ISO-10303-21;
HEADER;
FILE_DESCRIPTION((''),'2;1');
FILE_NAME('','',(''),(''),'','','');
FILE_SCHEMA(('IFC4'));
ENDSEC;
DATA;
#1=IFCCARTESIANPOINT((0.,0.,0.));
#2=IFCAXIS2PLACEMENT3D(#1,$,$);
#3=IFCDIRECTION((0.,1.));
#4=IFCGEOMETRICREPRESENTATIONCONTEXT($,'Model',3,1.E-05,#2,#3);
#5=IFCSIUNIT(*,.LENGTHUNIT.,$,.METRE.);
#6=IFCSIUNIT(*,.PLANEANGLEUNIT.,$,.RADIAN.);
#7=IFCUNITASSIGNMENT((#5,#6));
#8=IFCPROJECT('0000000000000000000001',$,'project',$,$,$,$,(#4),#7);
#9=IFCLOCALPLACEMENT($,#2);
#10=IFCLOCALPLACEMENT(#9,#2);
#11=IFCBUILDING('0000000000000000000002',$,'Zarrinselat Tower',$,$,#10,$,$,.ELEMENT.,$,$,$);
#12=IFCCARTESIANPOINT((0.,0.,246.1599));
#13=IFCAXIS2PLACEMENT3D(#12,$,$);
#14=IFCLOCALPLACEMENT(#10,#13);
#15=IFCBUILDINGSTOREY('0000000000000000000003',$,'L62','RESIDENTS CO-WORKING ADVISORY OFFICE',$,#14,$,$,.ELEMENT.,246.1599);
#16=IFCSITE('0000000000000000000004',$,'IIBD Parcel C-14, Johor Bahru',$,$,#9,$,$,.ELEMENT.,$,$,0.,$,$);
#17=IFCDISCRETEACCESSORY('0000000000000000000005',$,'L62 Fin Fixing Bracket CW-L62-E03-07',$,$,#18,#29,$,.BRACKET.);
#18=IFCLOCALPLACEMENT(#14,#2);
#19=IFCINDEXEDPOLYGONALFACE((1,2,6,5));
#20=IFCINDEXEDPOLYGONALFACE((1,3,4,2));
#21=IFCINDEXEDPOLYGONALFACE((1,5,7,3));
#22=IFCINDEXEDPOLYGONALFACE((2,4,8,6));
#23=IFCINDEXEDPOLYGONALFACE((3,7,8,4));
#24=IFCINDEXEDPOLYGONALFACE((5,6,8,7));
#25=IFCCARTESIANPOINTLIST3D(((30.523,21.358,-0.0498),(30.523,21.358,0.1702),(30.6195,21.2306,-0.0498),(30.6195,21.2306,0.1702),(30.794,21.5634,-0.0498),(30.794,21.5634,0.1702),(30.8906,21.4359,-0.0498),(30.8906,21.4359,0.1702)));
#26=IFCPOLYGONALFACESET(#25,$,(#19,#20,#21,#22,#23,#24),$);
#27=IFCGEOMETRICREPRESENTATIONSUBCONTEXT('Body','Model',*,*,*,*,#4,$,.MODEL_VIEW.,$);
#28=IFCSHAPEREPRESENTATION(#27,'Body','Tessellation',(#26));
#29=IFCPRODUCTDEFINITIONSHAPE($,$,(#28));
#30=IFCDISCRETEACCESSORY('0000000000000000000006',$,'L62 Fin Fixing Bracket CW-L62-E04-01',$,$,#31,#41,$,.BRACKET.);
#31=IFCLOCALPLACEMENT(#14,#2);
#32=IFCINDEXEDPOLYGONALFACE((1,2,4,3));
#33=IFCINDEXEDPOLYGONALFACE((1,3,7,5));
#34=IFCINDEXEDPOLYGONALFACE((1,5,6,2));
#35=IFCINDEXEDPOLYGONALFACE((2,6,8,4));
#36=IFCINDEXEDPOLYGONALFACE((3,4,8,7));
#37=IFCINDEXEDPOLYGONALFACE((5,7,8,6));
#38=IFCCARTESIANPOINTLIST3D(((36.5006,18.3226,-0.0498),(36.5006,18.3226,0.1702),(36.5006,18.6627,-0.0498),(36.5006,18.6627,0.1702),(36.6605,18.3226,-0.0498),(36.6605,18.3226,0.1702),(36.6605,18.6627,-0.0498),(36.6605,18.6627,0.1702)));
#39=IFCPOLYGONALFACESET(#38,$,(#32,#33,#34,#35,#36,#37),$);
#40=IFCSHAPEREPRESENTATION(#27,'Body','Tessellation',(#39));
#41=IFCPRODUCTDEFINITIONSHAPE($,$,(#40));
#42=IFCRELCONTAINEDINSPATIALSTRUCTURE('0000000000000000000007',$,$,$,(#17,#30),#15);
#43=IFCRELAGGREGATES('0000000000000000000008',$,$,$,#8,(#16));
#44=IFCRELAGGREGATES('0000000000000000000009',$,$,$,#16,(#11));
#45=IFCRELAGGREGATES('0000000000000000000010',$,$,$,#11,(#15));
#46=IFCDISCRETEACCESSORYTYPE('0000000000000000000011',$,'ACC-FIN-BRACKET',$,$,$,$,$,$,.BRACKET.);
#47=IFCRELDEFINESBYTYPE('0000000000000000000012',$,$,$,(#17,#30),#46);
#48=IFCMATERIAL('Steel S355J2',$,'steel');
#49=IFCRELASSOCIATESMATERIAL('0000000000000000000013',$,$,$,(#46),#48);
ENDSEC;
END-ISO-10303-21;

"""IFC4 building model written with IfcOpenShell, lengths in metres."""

from ifc_helpers import new_model, si_unit, direction, frame, origin, origin_2d, place, context, subcontext, project, spatial, rectangle, extrude, material, type_object, element, save


model = new_model("IFC4")

# Units and contexts
model_context = context("Model", 3, precision=1e-05, world=origin(), true_north=direction((0.0, 1.0)))
body_context = subcontext(model_context, "Body", "Model", "MODEL_VIEW")
ifc_project = project(units=[si_unit("LENGTHUNIT", "METRE"), si_unit("PLANEANGLEUNIT", "RADIAN")], contexts=[model_context])

# Site, building, storey
site_placement = place(None, origin())
site = spatial("IfcSite", under=ifc_project, at=site_placement, Name="IIBD Parcel C-14, Johor Bahru", CompositionType="ELEMENT", RefElevation=0.0)
building_placement = place(site_placement, origin())
building = spatial("IfcBuilding", under=site, at=building_placement, Name="Zarrinselat Tower", CompositionType="ELEMENT")
storey_placement = place(building_placement, frame((0.0, 0.0, 246.1599)))
storey = spatial("IfcBuildingStorey", under=building, at=storey_placement, Name="L62", Description="RESIDENTS CO-WORKING ADVISORY OFFICE", CompositionType="ELEMENT", Elevation=246.1599)

# Discrete accessories
ifc_material_1 = material(Name="Steel S355J2", Category="steel")
discrete_accessory_type = type_object("IfcDiscreteAccessoryType", Name="ACC-FIN-BRACKET", PredefinedType="BRACKET", material=ifc_material_1)
for number, where, z_axis, x_axis, name in (
    (1, (30.7068, 21.397, -0.0498), (0.0, 0.0, 1.0), (-0.797092, -0.603858, 0.0), "L62 Fin Fixing Bracket CW-L62-E03-07"),
    (2, (36.5806, 18.4927, -0.0498), (0.0, 0.0, 1.0), (0.0, -1.0, 0.0), "L62 Fin Fixing Bracket CW-L62-E04-01"),
):
    element("IfcDiscreteAccessory", number, at=place(storey_placement, frame(where, z_axis=z_axis, x_axis=x_axis)), inside=storey, type_object=discrete_accessory_type, Name=name, PredefinedType="BRACKET", context=body_context, shape_type="SweptSolid", body=[
        extrude(rectangle(XDim=0.3401, YDim=0.1599, at=origin_2d()), origin(), (0.0, 0.0, 1.0), 0.22),
    ])

save(model, "model.ifc")
